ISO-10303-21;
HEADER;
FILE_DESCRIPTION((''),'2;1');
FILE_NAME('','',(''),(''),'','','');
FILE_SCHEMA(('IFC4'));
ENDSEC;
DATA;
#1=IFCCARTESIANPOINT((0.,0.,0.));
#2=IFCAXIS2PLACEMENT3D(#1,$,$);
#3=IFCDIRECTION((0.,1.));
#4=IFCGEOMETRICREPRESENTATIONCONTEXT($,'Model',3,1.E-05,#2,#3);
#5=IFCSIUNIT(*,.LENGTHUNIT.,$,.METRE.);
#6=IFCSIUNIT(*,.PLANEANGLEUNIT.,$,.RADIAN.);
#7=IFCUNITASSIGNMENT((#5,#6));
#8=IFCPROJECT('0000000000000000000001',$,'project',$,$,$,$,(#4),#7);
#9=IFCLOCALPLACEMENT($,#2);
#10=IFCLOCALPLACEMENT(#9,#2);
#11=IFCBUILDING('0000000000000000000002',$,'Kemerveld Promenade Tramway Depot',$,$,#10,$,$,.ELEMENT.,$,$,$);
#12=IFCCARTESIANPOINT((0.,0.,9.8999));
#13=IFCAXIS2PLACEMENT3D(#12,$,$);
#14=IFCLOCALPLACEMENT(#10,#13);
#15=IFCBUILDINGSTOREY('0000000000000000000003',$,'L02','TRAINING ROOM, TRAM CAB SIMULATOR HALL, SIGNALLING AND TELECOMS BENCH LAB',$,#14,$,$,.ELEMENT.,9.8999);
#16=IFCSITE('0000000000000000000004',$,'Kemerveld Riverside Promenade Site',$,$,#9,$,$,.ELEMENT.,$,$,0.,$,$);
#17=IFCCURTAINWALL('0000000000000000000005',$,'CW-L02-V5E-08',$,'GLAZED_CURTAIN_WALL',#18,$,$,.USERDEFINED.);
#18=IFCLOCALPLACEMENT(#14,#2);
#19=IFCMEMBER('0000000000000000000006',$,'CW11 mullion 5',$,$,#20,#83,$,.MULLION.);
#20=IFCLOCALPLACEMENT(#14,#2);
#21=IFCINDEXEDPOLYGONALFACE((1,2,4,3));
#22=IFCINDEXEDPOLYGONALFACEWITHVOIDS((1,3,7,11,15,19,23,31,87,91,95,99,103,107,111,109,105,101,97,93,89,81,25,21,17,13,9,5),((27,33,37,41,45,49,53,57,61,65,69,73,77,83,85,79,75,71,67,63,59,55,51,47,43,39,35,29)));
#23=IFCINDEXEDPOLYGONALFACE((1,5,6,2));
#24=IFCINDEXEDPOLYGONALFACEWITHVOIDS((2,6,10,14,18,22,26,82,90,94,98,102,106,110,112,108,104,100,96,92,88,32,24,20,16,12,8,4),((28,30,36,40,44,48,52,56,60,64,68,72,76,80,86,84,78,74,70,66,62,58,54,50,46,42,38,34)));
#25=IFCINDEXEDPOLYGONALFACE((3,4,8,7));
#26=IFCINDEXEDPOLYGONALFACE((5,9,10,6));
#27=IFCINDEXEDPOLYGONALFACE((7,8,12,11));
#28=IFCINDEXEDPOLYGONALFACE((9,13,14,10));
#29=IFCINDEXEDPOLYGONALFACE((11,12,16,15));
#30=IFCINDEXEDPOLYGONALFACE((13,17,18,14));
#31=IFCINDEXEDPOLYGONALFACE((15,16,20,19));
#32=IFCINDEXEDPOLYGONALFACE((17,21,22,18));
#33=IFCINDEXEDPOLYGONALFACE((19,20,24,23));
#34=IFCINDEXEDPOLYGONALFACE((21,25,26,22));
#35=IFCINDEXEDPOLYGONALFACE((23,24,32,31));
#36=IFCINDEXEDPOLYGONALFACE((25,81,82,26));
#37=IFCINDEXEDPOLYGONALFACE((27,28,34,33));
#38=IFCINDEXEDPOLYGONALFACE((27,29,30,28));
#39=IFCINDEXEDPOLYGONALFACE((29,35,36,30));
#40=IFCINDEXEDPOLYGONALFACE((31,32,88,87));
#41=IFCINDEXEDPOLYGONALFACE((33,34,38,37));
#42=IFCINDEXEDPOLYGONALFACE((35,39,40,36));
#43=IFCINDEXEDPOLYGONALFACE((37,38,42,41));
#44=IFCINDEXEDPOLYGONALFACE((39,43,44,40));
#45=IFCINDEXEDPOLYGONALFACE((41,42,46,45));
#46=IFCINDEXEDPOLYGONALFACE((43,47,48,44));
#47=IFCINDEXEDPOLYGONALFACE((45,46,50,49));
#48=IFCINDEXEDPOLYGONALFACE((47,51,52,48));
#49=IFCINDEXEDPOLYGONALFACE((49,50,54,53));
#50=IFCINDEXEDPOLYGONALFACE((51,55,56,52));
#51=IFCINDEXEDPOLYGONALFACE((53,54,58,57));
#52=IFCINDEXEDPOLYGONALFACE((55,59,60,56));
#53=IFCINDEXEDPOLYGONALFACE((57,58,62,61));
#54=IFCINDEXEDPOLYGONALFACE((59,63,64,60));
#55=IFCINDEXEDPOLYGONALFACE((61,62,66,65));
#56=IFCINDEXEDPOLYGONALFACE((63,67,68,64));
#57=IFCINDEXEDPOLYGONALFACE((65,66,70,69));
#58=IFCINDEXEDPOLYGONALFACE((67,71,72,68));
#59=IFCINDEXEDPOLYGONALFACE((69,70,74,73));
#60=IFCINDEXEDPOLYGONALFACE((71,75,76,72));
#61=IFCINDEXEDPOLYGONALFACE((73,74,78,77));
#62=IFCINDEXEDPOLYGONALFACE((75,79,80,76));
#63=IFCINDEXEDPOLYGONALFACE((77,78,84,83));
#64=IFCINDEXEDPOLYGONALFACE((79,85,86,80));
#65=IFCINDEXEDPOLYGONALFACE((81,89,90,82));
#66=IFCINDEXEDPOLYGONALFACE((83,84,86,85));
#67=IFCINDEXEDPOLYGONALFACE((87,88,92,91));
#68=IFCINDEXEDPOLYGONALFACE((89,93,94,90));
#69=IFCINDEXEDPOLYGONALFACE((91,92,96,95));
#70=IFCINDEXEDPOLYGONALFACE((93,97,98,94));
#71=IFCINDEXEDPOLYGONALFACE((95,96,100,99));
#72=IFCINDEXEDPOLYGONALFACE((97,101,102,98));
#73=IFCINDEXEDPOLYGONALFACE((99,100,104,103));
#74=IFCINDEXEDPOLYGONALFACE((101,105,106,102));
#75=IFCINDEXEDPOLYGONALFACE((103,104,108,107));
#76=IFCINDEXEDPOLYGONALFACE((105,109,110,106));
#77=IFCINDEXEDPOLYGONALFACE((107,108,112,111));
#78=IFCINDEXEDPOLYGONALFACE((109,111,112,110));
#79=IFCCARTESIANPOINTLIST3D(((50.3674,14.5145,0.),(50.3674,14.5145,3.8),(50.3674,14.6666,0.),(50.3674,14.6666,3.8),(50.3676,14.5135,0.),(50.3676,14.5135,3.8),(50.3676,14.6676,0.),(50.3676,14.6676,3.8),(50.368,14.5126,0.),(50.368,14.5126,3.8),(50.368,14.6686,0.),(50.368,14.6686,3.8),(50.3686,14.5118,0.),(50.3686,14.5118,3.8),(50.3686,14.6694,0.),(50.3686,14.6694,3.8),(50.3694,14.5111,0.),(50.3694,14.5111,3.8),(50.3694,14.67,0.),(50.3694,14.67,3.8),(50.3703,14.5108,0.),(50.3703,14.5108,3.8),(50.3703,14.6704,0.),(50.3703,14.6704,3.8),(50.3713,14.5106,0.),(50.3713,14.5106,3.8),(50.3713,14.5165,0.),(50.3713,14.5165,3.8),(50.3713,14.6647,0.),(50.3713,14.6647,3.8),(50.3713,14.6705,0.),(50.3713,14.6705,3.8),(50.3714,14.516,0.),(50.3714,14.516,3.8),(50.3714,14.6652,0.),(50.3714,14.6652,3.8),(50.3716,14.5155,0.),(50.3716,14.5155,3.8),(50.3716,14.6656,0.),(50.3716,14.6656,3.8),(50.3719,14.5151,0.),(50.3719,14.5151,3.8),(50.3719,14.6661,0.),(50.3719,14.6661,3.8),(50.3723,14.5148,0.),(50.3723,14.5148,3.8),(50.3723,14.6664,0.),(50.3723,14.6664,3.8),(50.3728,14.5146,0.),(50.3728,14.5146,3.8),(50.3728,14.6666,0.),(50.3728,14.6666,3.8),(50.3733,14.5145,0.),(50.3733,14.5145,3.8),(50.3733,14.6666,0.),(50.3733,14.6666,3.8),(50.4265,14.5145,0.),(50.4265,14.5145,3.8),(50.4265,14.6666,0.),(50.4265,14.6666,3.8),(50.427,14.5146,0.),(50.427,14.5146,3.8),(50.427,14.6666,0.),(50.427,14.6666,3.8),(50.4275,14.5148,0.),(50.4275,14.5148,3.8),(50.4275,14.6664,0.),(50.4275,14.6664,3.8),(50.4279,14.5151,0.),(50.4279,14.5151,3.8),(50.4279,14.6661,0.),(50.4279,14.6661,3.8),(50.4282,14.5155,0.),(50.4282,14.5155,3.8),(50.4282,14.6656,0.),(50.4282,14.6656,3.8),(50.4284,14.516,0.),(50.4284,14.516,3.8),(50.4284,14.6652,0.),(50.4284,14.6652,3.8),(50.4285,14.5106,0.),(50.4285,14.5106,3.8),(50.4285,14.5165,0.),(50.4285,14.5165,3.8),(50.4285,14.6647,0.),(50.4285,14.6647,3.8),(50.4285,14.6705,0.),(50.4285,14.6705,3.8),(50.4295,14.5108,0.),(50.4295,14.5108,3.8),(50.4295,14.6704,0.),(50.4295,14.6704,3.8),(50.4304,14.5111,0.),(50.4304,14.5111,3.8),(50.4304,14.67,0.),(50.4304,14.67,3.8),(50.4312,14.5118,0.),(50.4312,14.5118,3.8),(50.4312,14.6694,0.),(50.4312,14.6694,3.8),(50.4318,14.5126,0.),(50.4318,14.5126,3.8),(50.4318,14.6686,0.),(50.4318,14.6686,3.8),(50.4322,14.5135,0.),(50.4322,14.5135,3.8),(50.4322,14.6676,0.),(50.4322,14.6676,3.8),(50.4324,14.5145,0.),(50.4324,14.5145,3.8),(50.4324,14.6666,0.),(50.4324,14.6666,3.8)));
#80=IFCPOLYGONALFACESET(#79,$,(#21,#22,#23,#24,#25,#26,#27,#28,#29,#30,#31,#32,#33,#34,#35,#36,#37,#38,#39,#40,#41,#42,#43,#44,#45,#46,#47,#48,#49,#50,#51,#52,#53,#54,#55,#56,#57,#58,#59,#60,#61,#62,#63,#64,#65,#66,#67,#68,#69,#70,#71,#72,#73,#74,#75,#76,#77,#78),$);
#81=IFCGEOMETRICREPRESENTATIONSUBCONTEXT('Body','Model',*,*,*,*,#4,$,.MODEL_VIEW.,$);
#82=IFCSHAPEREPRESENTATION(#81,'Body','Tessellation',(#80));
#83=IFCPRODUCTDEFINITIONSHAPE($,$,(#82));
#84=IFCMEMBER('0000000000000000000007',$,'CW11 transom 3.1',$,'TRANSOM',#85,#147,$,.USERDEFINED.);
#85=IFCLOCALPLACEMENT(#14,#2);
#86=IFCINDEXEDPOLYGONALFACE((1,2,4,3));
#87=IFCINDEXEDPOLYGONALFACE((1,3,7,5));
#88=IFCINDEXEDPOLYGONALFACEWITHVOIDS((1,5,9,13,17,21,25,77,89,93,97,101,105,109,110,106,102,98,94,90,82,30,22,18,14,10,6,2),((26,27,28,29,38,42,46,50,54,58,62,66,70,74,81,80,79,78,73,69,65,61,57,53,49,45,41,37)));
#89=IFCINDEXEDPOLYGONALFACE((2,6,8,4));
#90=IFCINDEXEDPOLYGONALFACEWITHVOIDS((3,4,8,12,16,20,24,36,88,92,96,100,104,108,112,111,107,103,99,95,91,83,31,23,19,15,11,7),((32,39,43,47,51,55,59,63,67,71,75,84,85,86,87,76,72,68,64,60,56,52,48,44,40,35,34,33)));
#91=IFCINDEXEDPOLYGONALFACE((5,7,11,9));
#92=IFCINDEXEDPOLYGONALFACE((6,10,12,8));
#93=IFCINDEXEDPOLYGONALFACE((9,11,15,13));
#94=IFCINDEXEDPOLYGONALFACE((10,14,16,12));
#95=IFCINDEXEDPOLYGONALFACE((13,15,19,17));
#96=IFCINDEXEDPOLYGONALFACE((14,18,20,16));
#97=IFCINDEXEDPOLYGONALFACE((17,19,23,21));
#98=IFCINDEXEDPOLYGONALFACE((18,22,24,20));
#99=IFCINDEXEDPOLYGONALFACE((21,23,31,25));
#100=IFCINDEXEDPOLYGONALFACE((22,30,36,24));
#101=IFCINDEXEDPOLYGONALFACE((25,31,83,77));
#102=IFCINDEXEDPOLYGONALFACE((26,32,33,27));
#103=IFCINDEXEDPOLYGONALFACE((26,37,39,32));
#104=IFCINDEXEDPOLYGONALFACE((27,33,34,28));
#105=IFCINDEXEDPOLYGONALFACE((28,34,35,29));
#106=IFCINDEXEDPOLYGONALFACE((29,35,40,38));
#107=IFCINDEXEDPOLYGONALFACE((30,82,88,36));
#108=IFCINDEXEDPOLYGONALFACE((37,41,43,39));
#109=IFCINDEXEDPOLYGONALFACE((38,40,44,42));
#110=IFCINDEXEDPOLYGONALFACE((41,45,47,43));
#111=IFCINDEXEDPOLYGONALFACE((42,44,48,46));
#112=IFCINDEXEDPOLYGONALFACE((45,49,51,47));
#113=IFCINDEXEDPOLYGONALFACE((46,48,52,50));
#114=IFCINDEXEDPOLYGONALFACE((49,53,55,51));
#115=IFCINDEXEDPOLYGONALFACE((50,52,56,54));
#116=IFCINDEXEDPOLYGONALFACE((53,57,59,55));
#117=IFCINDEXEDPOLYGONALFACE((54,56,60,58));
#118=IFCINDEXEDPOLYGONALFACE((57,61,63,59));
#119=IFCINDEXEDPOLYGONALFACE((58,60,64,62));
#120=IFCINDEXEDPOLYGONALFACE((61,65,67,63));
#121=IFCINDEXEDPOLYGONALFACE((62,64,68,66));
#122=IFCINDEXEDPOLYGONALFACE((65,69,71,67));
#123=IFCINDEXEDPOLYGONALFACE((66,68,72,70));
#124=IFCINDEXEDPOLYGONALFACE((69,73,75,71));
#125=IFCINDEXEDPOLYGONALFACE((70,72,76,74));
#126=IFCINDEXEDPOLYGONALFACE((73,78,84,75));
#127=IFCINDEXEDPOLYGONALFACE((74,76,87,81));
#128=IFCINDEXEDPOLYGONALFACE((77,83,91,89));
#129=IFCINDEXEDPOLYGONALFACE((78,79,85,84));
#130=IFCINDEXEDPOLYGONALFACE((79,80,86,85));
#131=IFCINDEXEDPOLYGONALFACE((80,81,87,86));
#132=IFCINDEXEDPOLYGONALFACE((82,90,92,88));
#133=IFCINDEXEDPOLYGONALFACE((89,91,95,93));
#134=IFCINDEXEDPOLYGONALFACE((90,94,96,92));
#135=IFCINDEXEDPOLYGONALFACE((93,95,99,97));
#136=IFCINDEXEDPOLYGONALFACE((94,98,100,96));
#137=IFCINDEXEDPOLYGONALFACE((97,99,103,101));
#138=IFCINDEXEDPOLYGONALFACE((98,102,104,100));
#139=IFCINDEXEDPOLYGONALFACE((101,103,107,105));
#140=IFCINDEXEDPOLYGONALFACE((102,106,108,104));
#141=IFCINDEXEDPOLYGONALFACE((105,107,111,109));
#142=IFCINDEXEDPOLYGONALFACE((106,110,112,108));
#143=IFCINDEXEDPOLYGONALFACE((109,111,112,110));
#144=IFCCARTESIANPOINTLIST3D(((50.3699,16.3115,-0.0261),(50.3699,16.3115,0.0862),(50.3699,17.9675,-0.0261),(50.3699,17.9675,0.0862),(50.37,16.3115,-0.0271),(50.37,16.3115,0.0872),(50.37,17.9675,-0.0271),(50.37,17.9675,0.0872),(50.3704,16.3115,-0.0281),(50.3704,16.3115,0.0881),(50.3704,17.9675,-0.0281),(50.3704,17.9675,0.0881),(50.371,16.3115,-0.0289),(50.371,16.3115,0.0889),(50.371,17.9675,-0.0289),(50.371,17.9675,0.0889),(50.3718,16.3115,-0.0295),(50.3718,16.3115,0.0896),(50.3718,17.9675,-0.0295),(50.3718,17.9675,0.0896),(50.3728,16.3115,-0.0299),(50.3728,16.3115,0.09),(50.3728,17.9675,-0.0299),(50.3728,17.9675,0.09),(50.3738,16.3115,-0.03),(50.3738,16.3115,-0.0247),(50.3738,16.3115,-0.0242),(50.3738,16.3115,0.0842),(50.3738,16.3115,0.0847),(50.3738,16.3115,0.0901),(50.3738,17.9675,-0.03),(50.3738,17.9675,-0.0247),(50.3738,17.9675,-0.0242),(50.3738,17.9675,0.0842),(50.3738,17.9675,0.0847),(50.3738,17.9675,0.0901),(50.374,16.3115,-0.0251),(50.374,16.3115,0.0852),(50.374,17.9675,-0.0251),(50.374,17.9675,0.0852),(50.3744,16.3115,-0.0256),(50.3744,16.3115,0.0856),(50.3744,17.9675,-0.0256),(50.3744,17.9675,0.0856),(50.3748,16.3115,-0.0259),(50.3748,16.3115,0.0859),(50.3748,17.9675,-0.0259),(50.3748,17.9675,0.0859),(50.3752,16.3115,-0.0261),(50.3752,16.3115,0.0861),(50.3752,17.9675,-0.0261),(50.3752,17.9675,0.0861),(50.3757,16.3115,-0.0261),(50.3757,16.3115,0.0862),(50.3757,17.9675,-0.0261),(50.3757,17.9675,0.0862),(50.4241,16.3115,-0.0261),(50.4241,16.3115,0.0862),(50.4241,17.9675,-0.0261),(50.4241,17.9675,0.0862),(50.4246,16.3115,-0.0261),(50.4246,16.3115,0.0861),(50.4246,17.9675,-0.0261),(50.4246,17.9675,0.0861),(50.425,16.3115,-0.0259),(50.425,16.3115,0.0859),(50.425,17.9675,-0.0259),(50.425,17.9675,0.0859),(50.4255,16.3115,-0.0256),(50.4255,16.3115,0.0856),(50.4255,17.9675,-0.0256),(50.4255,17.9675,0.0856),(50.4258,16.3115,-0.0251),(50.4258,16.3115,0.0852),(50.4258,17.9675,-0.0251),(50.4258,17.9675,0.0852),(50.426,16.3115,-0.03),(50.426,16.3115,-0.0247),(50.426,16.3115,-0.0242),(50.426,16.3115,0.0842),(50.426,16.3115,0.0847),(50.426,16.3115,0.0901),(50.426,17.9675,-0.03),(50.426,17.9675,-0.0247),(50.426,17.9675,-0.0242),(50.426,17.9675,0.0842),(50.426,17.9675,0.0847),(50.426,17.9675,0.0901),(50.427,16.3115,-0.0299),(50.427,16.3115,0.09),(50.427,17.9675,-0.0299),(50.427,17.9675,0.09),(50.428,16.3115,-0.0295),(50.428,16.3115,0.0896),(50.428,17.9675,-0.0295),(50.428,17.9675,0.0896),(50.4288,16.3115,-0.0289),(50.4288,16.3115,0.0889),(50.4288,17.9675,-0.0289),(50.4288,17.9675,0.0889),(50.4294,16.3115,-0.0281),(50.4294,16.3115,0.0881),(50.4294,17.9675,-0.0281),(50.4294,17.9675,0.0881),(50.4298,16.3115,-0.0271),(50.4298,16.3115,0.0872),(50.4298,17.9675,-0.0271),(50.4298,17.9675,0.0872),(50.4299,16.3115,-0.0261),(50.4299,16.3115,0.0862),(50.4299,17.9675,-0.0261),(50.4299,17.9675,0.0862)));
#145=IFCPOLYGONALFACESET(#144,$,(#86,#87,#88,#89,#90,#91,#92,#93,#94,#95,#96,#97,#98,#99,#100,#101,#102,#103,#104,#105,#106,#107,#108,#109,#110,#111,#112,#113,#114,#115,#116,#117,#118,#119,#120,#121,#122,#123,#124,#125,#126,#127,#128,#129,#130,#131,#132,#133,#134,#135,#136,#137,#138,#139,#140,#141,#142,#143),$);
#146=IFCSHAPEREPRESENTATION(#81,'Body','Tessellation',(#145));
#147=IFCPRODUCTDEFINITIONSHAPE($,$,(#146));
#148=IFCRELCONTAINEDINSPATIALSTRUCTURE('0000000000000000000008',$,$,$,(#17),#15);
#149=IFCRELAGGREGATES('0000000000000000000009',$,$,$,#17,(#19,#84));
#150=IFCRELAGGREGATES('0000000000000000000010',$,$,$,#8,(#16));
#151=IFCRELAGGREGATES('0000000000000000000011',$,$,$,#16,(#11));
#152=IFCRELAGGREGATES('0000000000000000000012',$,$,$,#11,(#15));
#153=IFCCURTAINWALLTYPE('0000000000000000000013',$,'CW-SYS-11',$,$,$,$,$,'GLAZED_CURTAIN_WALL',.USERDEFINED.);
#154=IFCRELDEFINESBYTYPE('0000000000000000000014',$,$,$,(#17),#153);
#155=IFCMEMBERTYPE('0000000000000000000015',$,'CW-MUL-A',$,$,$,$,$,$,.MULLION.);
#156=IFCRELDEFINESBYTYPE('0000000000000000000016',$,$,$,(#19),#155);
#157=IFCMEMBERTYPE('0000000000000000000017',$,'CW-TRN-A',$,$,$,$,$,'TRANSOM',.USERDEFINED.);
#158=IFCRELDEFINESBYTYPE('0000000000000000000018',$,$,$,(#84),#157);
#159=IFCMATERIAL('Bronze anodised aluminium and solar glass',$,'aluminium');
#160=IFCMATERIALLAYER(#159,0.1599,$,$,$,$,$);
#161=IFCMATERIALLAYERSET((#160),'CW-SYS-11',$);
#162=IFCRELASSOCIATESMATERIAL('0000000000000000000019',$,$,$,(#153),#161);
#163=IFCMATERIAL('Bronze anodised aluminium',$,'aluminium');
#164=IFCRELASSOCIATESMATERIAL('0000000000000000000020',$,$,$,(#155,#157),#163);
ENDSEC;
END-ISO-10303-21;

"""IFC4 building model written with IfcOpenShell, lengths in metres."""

from ifc_helpers import new_model, si_unit, direction, frame, origin, origin_2d, place, context, subcontext, project, spatial, hollow_rectangle, extrude, material, layer, layer_set, material_profile, profile_set, type_object, element, aggregate, save


model = new_model("IFC4")

# Units and contexts
model_context = context("Model", 3, precision=1e-05, world=origin(), true_north=direction((0.0, 1.0)))
body_context = subcontext(model_context, "Body", "Model", "MODEL_VIEW")
ifc_project = project(units=[si_unit("LENGTHUNIT", "METRE"), si_unit("PLANEANGLEUNIT", "RADIAN")], contexts=[model_context])

# Site, building, storey
site_placement = place(None, origin())
site = spatial("IfcSite", under=ifc_project, at=site_placement, Name="Kemerveld Riverside Promenade Site", CompositionType="ELEMENT", RefElevation=0.0)
building_placement = place(site_placement, origin())
building = spatial("IfcBuilding", under=site, at=building_placement, Name="Kemerveld Promenade Tramway Depot", CompositionType="ELEMENT")
storey_placement = place(building_placement, frame((0.0, 0.0, 9.8999)))
storey = spatial("IfcBuildingStorey", under=building, at=storey_placement, Name="L02", Description="TRAINING ROOM, TRAM CAB SIMULATOR HALL, SIGNALLING AND TELECOMS BENCH LAB", CompositionType="ELEMENT", Elevation=9.8999)

# Curtain wall, members
ifc_material_1 = material(Name="Bronze anodised aluminium and solar glass", Category="aluminium")
ifc_layer_1 = layer(ifc_material_1, 0.1599)
ifc_layer_set_1 = layer_set([ifc_layer_1], Name="CW-SYS-11")
curtain_wall_type = type_object("IfcCurtainWallType", Name="CW-SYS-11", ElementType="GLAZED_CURTAIN_WALL", PredefinedType="USERDEFINED", material=ifc_layer_set_1)
curtain_wall_placement = place(storey_placement, origin())
curtain_wall = element("IfcCurtainWall", 1, at=curtain_wall_placement, inside=storey, type_object=curtain_wall_type, Name="CW-L02-V5E-08", ObjectType="GLAZED_CURTAIN_WALL", PredefinedType="USERDEFINED")
ifc_material_2 = material(Name="Bronze anodised aluminium", Category="aluminium")
ifc_material_profile_1 = material_profile(ifc_material_2, hollow_rectangle(XDim=0.0649, YDim=0.1599, WallThickness=0.0039, InnerFilletRadius=0.002, OuterFilletRadius=0.0039, at=origin_2d()), Name="CW-MUL-160x65")
ifc_profile_set_1 = profile_set([ifc_material_profile_1], Name="Bronze anodised aluminium")
member_type_1 = type_object("IfcMemberType", Name="CW-MUL-A", PredefinedType="MULLION", material=ifc_profile_set_1)
member_1_placement = place(storey_placement, frame((50.3999, 14.5906, 0.0), z_axis=(0.0, 0.0, 1.0), x_axis=(1.0, 0.0, 0.0)))
member_1 = element("IfcMember", 2, at=member_1_placement, type_object=member_type_1, Name="CW11 mullion 5", PredefinedType="MULLION", context=body_context, shape_type="SweptSolid", body=[
    extrude(hollow_rectangle(XDim=0.0649, YDim=0.1599, WallThickness=0.0039, InnerFilletRadius=0.002, OuterFilletRadius=0.0039, at=origin_2d()), origin(), (0.0, 0.0, 1.0), 3.8),
])
ifc_material_profile_2 = material_profile(ifc_material_2, hollow_rectangle(XDim=0.0601, YDim=0.1201, WallThickness=0.0039, InnerFilletRadius=0.002, OuterFilletRadius=0.0039, at=origin_2d()), Name="CW-TRN-120x60")
ifc_profile_set_2 = profile_set([ifc_material_profile_2], Name="Bronze anodised aluminium")
member_type_2 = type_object("IfcMemberType", Name="CW-TRN-A", ElementType="TRANSOM", PredefinedType="USERDEFINED", material=ifc_profile_set_2)
member_2_placement = place(storey_placement, frame((50.3999, 17.9675, 0.03), z_axis=(0.0, -1.0, 0.0), x_axis=(1.0, 0.0, 0.0)))
member_2 = element("IfcMember", 3, at=member_2_placement, type_object=member_type_2, Name="CW11 transom 3.1", ObjectType="TRANSOM", PredefinedType="USERDEFINED", context=body_context, shape_type="SweptSolid", body=[
    extrude(hollow_rectangle(XDim=0.0601, YDim=0.1201, WallThickness=0.0039, InnerFilletRadius=0.002, OuterFilletRadius=0.0039, at=origin_2d()), origin(), (0.0, 0.0, 1.0), 1.656),
])
aggregate(curtain_wall, [member_1, member_2])

save(model, "model.ifc")
